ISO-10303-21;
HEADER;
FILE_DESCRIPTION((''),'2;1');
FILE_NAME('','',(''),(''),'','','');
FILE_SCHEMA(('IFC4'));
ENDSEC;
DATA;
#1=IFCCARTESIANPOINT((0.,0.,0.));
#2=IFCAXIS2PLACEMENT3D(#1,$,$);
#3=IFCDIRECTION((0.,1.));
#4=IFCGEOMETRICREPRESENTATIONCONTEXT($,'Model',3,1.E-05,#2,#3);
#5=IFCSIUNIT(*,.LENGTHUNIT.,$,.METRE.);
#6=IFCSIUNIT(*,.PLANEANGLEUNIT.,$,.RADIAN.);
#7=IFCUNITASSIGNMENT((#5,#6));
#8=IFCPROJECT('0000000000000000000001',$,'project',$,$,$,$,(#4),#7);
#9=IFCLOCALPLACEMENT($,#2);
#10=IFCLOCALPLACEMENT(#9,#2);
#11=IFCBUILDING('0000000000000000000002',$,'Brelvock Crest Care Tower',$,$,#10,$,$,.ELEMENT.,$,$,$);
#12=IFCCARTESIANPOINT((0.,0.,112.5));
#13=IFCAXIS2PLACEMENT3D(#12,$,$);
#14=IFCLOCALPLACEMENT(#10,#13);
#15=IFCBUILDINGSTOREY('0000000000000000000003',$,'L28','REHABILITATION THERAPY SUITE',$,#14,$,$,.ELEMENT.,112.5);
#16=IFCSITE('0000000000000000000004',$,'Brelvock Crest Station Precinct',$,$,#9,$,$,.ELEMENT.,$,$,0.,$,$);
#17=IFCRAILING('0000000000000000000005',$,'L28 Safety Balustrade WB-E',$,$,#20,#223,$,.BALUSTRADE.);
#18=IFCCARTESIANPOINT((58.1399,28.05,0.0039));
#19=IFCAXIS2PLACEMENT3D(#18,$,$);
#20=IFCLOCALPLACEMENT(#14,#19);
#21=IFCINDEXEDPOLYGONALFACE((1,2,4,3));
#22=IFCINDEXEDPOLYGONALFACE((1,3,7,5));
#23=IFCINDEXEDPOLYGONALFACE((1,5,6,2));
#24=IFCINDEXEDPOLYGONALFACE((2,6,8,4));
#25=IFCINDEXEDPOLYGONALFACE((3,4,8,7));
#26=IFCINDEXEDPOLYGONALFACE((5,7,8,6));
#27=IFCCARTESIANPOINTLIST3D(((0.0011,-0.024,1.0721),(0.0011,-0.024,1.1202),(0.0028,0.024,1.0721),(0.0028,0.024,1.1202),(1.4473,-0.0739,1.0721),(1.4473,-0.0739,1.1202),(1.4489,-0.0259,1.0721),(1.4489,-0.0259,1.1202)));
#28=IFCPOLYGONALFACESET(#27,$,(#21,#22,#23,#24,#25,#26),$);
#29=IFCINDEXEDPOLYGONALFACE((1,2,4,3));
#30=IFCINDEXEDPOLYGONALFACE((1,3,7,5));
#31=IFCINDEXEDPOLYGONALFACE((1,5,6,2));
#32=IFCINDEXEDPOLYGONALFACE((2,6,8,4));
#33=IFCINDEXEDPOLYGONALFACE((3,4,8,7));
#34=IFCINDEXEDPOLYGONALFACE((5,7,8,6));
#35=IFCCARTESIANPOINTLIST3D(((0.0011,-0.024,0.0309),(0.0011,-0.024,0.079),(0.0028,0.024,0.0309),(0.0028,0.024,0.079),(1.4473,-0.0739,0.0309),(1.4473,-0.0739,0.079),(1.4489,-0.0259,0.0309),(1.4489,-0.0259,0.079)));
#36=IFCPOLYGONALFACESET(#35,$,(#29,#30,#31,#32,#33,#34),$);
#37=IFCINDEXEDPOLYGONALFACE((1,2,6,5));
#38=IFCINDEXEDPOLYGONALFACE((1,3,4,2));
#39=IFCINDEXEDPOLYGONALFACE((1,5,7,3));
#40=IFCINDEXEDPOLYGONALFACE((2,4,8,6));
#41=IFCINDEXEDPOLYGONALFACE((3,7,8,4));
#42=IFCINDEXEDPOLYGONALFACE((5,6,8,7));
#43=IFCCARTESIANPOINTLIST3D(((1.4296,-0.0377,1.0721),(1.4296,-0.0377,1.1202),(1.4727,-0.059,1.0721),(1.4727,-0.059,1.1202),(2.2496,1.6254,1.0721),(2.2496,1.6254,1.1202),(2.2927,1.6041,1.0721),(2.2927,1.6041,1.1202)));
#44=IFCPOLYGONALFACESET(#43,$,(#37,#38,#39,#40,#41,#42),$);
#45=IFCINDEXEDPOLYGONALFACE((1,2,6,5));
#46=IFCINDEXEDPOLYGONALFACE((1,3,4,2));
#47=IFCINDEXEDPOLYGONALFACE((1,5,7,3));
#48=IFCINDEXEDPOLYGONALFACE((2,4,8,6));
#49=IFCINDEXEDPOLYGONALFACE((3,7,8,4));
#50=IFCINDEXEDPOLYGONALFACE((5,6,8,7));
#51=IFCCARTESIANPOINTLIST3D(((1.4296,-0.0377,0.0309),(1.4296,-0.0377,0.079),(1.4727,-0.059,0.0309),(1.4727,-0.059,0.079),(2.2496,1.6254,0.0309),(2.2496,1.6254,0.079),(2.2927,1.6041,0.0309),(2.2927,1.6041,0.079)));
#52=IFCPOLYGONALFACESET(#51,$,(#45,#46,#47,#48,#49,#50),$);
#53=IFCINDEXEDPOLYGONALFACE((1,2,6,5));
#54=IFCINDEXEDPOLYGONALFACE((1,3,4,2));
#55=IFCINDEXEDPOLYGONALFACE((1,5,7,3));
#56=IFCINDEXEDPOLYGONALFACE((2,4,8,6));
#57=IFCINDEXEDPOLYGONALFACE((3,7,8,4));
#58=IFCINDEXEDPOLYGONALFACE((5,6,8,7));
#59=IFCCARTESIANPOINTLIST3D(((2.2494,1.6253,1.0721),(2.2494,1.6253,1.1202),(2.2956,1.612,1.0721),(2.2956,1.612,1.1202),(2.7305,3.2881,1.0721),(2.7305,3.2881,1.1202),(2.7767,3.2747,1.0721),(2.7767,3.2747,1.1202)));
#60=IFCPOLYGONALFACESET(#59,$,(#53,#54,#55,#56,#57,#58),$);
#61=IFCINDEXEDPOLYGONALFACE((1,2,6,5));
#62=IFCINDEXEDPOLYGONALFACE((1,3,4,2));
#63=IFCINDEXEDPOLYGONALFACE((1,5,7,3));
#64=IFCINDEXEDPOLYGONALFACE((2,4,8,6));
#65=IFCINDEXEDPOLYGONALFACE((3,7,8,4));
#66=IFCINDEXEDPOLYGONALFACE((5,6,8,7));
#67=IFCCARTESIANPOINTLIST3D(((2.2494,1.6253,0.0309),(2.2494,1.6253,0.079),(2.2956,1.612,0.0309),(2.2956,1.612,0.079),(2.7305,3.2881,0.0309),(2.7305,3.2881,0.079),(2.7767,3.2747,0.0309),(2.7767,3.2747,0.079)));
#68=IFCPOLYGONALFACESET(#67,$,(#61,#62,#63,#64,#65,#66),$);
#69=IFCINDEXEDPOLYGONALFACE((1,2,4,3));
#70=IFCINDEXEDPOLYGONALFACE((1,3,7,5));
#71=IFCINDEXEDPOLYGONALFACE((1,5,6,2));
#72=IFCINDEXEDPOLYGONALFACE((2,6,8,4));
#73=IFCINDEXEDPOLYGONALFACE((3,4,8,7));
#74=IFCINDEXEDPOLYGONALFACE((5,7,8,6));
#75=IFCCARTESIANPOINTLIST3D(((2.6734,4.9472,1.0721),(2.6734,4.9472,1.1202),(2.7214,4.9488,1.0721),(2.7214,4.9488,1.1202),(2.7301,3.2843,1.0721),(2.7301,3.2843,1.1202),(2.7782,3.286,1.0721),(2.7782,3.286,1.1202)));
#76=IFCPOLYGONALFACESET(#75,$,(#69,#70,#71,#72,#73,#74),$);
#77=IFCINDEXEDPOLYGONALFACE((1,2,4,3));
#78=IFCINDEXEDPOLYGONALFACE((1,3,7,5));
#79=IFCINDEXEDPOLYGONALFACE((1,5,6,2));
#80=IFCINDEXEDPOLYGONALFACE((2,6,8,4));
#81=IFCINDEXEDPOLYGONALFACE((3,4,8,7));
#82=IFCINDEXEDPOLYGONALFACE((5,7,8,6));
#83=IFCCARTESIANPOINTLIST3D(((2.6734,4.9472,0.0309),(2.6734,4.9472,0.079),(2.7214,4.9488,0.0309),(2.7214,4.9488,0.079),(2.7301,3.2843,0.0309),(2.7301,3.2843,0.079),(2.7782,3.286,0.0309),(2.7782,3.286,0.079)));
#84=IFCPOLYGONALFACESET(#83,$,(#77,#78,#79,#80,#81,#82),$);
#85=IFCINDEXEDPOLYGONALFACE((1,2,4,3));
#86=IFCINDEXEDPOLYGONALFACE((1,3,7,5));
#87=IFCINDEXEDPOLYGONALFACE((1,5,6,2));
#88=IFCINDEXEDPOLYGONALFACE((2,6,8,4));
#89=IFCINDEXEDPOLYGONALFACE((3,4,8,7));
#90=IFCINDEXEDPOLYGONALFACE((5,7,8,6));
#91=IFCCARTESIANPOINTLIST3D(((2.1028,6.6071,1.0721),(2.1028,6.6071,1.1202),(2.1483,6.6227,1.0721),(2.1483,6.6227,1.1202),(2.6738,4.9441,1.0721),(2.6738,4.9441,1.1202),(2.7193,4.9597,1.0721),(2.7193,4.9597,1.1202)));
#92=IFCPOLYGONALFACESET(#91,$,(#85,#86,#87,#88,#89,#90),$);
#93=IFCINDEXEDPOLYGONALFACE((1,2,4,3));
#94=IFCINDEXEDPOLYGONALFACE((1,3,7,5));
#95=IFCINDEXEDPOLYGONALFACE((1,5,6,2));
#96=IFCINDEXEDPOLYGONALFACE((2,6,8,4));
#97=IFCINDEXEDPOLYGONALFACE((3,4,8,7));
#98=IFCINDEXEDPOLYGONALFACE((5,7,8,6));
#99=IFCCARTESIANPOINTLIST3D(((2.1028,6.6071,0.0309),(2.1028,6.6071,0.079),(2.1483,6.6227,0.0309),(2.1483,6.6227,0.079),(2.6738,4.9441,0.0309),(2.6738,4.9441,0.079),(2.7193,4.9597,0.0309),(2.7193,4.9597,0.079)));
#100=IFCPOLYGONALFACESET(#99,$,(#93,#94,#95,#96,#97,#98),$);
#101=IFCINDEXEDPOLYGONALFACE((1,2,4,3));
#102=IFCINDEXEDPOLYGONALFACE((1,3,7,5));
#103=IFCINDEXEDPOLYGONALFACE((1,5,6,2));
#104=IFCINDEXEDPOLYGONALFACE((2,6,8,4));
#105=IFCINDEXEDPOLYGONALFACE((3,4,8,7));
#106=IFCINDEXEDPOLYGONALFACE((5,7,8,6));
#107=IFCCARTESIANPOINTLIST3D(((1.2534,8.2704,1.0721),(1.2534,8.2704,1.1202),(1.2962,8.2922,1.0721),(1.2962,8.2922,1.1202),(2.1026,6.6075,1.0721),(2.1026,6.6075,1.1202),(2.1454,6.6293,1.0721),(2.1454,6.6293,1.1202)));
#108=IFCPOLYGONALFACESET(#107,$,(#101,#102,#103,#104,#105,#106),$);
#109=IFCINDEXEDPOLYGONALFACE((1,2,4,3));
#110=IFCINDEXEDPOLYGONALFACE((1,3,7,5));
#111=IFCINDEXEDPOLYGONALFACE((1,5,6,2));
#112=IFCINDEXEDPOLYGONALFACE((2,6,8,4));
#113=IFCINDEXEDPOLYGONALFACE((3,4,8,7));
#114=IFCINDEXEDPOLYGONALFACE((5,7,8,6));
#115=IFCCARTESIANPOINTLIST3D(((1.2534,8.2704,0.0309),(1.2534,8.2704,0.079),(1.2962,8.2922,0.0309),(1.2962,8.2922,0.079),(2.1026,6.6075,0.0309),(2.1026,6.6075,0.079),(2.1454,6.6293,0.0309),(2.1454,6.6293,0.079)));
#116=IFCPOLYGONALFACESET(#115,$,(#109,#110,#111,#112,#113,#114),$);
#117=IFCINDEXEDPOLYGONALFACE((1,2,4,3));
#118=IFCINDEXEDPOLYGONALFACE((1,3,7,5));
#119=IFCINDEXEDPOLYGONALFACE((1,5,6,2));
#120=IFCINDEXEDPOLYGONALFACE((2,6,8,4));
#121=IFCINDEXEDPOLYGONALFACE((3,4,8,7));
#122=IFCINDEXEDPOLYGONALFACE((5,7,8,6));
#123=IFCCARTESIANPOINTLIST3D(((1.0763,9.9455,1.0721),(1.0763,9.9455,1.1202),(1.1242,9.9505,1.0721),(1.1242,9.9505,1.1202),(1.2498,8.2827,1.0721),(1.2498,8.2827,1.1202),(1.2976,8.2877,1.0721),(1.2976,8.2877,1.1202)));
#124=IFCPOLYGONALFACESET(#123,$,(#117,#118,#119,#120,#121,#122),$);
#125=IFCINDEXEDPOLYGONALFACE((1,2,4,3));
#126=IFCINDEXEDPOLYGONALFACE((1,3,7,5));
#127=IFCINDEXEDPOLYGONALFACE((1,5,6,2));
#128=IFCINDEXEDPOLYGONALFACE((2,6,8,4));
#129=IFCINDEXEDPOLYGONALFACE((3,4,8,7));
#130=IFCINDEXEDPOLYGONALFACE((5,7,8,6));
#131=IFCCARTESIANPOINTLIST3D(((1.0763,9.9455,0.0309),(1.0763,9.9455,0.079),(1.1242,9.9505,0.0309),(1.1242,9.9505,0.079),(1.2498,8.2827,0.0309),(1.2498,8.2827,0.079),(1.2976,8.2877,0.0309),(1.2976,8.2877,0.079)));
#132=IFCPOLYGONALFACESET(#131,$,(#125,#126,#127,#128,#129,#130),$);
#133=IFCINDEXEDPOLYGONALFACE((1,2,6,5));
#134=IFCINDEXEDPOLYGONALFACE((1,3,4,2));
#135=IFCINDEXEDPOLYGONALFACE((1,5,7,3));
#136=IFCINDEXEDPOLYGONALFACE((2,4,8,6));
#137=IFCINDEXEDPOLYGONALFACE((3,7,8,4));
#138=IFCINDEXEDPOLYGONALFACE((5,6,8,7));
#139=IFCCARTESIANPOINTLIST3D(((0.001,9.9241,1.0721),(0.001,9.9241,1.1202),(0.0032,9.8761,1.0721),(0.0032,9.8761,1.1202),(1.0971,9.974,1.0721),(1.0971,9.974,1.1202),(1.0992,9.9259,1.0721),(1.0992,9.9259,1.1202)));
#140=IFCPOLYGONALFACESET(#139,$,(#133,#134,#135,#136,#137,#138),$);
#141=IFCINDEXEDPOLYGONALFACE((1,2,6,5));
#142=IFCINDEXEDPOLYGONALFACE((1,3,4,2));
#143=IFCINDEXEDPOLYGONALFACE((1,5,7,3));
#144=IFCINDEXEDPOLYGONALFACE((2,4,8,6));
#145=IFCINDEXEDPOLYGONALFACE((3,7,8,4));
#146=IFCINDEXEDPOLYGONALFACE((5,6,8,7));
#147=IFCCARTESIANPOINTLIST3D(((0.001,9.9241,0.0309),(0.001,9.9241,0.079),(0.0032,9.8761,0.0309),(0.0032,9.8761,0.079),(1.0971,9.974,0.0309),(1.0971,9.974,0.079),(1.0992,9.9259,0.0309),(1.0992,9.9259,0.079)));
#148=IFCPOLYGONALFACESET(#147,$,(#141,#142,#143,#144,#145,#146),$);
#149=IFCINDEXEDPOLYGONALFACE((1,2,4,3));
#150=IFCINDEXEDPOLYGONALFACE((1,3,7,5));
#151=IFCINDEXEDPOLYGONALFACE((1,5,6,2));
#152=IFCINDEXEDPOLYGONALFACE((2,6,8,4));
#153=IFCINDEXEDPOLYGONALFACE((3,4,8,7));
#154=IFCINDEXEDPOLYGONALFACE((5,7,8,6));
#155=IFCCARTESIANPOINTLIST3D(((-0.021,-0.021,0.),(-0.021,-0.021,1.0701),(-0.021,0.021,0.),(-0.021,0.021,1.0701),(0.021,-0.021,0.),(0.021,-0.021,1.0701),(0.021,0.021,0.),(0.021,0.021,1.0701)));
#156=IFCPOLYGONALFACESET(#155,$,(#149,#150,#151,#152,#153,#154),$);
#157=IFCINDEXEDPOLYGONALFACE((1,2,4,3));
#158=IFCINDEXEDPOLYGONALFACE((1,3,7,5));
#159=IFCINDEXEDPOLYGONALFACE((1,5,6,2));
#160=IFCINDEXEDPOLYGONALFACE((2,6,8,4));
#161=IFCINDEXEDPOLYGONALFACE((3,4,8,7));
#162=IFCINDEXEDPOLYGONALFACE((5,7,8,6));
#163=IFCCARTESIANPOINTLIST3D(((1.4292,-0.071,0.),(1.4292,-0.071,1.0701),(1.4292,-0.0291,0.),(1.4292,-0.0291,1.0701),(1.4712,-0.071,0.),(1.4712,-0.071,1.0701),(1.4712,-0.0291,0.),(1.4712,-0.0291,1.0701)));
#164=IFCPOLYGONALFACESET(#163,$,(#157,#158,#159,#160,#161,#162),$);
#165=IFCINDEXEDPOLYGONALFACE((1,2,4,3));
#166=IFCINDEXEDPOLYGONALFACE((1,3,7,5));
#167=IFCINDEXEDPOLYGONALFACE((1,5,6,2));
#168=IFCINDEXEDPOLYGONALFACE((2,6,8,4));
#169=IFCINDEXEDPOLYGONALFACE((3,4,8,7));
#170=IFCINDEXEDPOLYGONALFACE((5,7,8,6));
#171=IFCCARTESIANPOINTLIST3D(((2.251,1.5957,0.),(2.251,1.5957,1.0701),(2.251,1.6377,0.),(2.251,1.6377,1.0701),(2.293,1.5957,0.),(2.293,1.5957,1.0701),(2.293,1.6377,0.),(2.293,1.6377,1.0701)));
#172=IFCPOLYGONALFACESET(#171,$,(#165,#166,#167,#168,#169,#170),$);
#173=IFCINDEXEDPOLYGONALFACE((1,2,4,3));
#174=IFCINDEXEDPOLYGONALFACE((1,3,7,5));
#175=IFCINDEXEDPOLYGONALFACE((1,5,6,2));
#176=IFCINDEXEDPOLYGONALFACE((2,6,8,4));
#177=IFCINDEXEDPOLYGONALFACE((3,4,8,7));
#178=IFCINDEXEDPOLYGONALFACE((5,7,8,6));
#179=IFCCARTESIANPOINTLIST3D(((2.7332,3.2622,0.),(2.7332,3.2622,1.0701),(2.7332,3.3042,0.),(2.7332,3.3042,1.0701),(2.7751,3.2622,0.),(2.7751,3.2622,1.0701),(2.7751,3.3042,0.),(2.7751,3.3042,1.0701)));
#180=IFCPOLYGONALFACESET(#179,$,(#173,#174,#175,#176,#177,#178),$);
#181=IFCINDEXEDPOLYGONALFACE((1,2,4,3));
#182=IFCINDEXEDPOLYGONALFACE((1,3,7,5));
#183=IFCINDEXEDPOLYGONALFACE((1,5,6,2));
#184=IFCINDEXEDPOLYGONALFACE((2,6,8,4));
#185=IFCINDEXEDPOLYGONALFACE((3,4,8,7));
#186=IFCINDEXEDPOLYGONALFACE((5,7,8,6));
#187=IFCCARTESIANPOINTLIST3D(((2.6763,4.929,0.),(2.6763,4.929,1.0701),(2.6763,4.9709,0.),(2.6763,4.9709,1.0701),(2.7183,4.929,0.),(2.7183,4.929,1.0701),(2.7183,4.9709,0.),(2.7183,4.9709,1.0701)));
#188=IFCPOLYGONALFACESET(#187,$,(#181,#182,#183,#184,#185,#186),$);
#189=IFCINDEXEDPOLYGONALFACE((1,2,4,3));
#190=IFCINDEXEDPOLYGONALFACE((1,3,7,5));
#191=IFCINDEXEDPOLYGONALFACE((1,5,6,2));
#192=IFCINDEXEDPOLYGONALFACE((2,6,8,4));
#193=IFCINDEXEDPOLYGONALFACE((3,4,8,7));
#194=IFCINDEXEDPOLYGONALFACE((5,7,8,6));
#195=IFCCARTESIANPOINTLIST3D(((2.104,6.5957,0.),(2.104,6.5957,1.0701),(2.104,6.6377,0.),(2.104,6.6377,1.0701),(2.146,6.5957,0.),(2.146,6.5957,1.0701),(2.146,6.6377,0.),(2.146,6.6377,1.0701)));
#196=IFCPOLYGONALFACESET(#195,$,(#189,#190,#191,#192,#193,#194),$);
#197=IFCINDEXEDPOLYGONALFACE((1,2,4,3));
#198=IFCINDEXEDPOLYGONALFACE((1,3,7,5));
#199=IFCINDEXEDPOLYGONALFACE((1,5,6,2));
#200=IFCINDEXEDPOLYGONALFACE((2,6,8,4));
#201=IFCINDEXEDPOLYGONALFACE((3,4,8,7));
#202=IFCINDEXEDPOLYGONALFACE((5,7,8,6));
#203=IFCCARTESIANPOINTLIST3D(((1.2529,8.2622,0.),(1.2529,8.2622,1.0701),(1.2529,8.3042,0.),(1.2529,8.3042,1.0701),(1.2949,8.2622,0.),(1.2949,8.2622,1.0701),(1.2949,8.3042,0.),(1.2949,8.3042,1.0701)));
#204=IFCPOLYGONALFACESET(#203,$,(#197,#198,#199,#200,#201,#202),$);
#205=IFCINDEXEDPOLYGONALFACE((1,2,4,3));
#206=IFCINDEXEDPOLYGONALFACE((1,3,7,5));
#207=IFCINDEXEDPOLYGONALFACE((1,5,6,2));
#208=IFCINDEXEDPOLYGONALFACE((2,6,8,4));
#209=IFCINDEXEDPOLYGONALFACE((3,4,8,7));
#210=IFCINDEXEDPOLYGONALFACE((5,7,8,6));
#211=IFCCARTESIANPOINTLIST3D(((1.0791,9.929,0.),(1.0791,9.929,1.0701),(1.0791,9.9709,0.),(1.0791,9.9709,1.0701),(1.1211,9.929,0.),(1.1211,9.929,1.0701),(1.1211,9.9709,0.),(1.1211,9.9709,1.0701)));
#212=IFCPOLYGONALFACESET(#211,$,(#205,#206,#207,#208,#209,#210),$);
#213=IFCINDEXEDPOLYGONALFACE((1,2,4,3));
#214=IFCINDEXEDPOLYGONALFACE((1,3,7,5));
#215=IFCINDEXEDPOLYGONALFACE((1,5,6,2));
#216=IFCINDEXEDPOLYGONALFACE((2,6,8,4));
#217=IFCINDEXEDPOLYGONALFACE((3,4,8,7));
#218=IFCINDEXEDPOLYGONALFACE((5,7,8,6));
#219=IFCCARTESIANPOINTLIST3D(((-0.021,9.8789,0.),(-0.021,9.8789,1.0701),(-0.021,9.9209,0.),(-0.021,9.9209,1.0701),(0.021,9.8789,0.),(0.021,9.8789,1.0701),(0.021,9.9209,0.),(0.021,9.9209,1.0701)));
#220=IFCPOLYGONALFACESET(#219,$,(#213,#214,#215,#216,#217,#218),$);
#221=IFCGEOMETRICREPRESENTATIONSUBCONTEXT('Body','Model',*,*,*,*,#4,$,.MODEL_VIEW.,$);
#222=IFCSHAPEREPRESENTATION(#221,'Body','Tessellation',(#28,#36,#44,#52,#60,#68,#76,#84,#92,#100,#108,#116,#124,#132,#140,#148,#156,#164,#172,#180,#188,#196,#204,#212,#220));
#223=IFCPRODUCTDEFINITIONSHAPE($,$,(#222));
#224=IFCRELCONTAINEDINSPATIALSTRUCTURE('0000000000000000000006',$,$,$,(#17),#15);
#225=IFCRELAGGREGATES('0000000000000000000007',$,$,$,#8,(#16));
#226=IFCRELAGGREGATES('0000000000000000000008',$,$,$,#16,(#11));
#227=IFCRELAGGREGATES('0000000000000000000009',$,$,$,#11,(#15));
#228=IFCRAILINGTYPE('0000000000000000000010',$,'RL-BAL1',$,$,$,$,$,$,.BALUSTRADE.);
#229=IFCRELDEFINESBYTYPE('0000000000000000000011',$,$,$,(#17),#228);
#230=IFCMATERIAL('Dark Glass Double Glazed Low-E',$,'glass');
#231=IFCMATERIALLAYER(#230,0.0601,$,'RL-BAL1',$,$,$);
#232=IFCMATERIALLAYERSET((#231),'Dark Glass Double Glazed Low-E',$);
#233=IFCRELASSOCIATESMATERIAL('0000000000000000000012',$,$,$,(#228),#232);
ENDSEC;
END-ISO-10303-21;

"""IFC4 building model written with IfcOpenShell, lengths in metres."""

from ifc_helpers import new_model, si_unit, direction, frame, origin, origin_2d, place, context, subcontext, project, spatial, rectangle, extrude, material, layer, layer_set, type_object, element, save


model = new_model("IFC4")

# Units and contexts
model_context = context("Model", 3, precision=1e-05, world=origin(), true_north=direction((0.0, 1.0)))
body_context = subcontext(model_context, "Body", "Model", "MODEL_VIEW")
ifc_project = project(units=[si_unit("LENGTHUNIT", "METRE"), si_unit("PLANEANGLEUNIT", "RADIAN")], contexts=[model_context])

# Site, building, storey
site_placement = place(None, origin())
site = spatial("IfcSite", under=ifc_project, at=site_placement, Name="Brelvock Crest Station Precinct", CompositionType="ELEMENT", RefElevation=0.0)
building_placement = place(site_placement, origin())
building = spatial("IfcBuilding", under=site, at=building_placement, Name="Brelvock Crest Care Tower", CompositionType="ELEMENT")
storey_placement = place(building_placement, frame((0.0, 0.0, 112.5)))
storey = spatial("IfcBuildingStorey", under=building, at=storey_placement, Name="L28", Description="REHABILITATION THERAPY SUITE", CompositionType="ELEMENT", Elevation=112.5)

# Shared definitions
ifc_material_1 = material(Name="Dark Glass Double Glazed Low-E", Category="glass")

# Railing
ifc_layer_1 = layer(ifc_material_1, 0.0601, Name="RL-BAL1")
ifc_layer_set_1 = layer_set([ifc_layer_1], Name="Dark Glass Double Glazed Low-E")
railing_type = type_object("IfcRailingType", Name="RL-BAL1", PredefinedType="BALUSTRADE", material=ifc_layer_set_1)
railing_placement = place(storey_placement, frame((58.1399, 28.05, 0.0039)))
element("IfcRailing", 1, at=railing_placement, inside=storey, type_object=railing_type, Name="L28 Safety Balustrade WB-E", PredefinedType="BALUSTRADE", context=body_context, shape_type="SweptSolid", body=[
    extrude(rectangle(XDim=0.0481, YDim=0.0481, at=origin_2d()), frame((0.002, 0.0, 1.0962), z_axis=(0.999405, -0.034491, 0.0), x_axis=(0.034491, 0.999405, 0.0)), (0.0, 0.0, 1.0), 1.447),
    extrude(rectangle(XDim=0.0481, YDim=0.0481, at=origin_2d()), frame((0.002, 0.0, 0.0549), z_axis=(0.999405, -0.034491, 0.0), x_axis=(0.034491, 0.999405, 0.0)), (0.0, 0.0, 1.0), 1.447),
    extrude(rectangle(XDim=0.0481, YDim=0.0481, at=origin_2d()), frame((1.4512, -0.0483, 1.0962), z_axis=(0.442214, 0.896909, 0.0), x_axis=(-0.896909, 0.442214, 0.0)), (0.0, 0.0, 1.0), 1.8542),
    extrude(rectangle(XDim=0.0481, YDim=0.0481, at=origin_2d()), frame((1.4512, -0.0483, 0.0549), z_axis=(0.442214, 0.896909, 0.0), x_axis=(-0.896909, 0.442214, 0.0)), (0.0, 0.0, 1.0), 1.8542),
    extrude(rectangle(XDim=0.0481, YDim=0.0481, at=origin_2d()), frame((2.2725, 1.6187, 1.0962), z_axis=(0.277935, 0.9606, 0.0), x_axis=(-0.9606, 0.277935, 0.0)), (0.0, 0.0, 1.0), 1.731),
    extrude(rectangle(XDim=0.0481, YDim=0.0481, at=origin_2d()), frame((2.2725, 1.6187, 0.0549), z_axis=(0.277935, 0.9606, 0.0), x_axis=(-0.9606, 0.277935, 0.0)), (0.0, 0.0, 1.0), 1.731),
    extrude(rectangle(XDim=0.0481, YDim=0.0481, at=origin_2d()), frame((2.7542, 3.2852, 1.0962), z_axis=(-0.034109, 0.999418, 0.0), x_axis=(-0.999418, -0.034109, 0.0)), (0.0, 0.0, 1.0), 1.6638),
    extrude(rectangle(XDim=0.0481, YDim=0.0481, at=origin_2d()), frame((2.7542, 3.2852, 0.0549), z_axis=(-0.034109, 0.999418, 0.0), x_axis=(-0.999418, -0.034109, 0.0)), (0.0, 0.0, 1.0), 1.6638),
    extrude(rectangle(XDim=0.0481, YDim=0.0481, at=origin_2d()), frame((2.6965, 4.9519, 1.0962), z_axis=(-0.324735, 0.945805, 0.0), x_axis=(-0.945805, -0.324735, 0.0)), (0.0, 0.0, 1.0), 1.7583),
    extrude(rectangle(XDim=0.0481, YDim=0.0481, at=origin_2d()), frame((2.6965, 4.9519, 0.0549), z_axis=(-0.324735, 0.945805, 0.0), x_axis=(-0.945805, -0.324735, 0.0)), (0.0, 0.0, 1.0), 1.7583),
    extrude(rectangle(XDim=0.0481, YDim=0.0481, at=origin_2d()), frame((2.124, 6.6184, 1.0962), z_axis=(-0.454817, 0.890585, 0.0), x_axis=(-0.890585, -0.454817, 0.0)), (0.0, 0.0, 1.0), 1.8672),
    extrude(rectangle(XDim=0.0481, YDim=0.0481, at=origin_2d()), frame((2.124, 6.6184, 0.0549), z_axis=(-0.454817, 0.890585, 0.0), x_axis=(-0.890585, -0.454817, 0.0)), (0.0, 0.0, 1.0), 1.8672),
    extrude(rectangle(XDim=0.0481, YDim=0.0481, at=origin_2d()), frame((1.2737, 8.2852, 1.0962), z_axis=(-0.103729, 0.994606, 0.0), x_axis=(-0.994606, -0.103729, 0.0)), (0.0, 0.0, 1.0), 1.6719),
    extrude(rectangle(XDim=0.0481, YDim=0.0481, at=origin_2d()), frame((1.2737, 8.2852, 0.0549), z_axis=(-0.103729, 0.994606, 0.0), x_axis=(-0.994606, -0.103729, 0.0)), (0.0, 0.0, 1.0), 1.6719),
    extrude(rectangle(XDim=0.0481, YDim=0.0481, at=origin_2d()), frame((1.0981, 9.95, 1.0962), z_axis=(-0.998967, -0.045448, 0.0), x_axis=(0.045448, -0.998967, 0.0)), (0.0, 0.0, 1.0), 1.0972),
    extrude(rectangle(XDim=0.0481, YDim=0.0481, at=origin_2d()), frame((1.0981, 9.95, 0.0549), z_axis=(-0.998967, -0.045448, 0.0), x_axis=(0.045448, -0.998967, 0.0)), (0.0, 0.0, 1.0), 1.0972),
    extrude(rectangle(XDim=0.042, YDim=0.042, at=origin_2d()), origin(), (0.0, 0.0, 1.0), 1.0701),
    extrude(rectangle(XDim=0.042, YDim=0.042, at=origin_2d()), frame((1.4502, -0.05, 0.0)), (0.0, 0.0, 1.0), 1.0701),
    extrude(rectangle(XDim=0.042, YDim=0.042, at=origin_2d()), frame((2.272, 1.6167, 0.0)), (0.0, 0.0, 1.0), 1.0701),
    extrude(rectangle(XDim=0.042, YDim=0.042, at=origin_2d()), frame((2.7542, 3.2832, 0.0)), (0.0, 0.0, 1.0), 1.0701),
    extrude(rectangle(XDim=0.042, YDim=0.042, at=origin_2d()), frame((2.6973, 4.95, 0.0)), (0.0, 0.0, 1.0), 1.0701),
    extrude(rectangle(XDim=0.042, YDim=0.042, at=origin_2d()), frame((2.125, 6.6167, 0.0)), (0.0, 0.0, 1.0), 1.0701),
    extrude(rectangle(XDim=0.042, YDim=0.042, at=origin_2d()), frame((1.2739, 8.2832, 0.0)), (0.0, 0.0, 1.0), 1.0701),
    extrude(rectangle(XDim=0.042, YDim=0.042, at=origin_2d()), frame((1.1001, 9.95, 0.0)), (0.0, 0.0, 1.0), 1.0701),
    extrude(rectangle(XDim=0.042, YDim=0.042, at=origin_2d()), frame((0.0, 9.8999, 0.0)), (0.0, 0.0, 1.0), 1.0701),
])

save(model, "model.ifc")
